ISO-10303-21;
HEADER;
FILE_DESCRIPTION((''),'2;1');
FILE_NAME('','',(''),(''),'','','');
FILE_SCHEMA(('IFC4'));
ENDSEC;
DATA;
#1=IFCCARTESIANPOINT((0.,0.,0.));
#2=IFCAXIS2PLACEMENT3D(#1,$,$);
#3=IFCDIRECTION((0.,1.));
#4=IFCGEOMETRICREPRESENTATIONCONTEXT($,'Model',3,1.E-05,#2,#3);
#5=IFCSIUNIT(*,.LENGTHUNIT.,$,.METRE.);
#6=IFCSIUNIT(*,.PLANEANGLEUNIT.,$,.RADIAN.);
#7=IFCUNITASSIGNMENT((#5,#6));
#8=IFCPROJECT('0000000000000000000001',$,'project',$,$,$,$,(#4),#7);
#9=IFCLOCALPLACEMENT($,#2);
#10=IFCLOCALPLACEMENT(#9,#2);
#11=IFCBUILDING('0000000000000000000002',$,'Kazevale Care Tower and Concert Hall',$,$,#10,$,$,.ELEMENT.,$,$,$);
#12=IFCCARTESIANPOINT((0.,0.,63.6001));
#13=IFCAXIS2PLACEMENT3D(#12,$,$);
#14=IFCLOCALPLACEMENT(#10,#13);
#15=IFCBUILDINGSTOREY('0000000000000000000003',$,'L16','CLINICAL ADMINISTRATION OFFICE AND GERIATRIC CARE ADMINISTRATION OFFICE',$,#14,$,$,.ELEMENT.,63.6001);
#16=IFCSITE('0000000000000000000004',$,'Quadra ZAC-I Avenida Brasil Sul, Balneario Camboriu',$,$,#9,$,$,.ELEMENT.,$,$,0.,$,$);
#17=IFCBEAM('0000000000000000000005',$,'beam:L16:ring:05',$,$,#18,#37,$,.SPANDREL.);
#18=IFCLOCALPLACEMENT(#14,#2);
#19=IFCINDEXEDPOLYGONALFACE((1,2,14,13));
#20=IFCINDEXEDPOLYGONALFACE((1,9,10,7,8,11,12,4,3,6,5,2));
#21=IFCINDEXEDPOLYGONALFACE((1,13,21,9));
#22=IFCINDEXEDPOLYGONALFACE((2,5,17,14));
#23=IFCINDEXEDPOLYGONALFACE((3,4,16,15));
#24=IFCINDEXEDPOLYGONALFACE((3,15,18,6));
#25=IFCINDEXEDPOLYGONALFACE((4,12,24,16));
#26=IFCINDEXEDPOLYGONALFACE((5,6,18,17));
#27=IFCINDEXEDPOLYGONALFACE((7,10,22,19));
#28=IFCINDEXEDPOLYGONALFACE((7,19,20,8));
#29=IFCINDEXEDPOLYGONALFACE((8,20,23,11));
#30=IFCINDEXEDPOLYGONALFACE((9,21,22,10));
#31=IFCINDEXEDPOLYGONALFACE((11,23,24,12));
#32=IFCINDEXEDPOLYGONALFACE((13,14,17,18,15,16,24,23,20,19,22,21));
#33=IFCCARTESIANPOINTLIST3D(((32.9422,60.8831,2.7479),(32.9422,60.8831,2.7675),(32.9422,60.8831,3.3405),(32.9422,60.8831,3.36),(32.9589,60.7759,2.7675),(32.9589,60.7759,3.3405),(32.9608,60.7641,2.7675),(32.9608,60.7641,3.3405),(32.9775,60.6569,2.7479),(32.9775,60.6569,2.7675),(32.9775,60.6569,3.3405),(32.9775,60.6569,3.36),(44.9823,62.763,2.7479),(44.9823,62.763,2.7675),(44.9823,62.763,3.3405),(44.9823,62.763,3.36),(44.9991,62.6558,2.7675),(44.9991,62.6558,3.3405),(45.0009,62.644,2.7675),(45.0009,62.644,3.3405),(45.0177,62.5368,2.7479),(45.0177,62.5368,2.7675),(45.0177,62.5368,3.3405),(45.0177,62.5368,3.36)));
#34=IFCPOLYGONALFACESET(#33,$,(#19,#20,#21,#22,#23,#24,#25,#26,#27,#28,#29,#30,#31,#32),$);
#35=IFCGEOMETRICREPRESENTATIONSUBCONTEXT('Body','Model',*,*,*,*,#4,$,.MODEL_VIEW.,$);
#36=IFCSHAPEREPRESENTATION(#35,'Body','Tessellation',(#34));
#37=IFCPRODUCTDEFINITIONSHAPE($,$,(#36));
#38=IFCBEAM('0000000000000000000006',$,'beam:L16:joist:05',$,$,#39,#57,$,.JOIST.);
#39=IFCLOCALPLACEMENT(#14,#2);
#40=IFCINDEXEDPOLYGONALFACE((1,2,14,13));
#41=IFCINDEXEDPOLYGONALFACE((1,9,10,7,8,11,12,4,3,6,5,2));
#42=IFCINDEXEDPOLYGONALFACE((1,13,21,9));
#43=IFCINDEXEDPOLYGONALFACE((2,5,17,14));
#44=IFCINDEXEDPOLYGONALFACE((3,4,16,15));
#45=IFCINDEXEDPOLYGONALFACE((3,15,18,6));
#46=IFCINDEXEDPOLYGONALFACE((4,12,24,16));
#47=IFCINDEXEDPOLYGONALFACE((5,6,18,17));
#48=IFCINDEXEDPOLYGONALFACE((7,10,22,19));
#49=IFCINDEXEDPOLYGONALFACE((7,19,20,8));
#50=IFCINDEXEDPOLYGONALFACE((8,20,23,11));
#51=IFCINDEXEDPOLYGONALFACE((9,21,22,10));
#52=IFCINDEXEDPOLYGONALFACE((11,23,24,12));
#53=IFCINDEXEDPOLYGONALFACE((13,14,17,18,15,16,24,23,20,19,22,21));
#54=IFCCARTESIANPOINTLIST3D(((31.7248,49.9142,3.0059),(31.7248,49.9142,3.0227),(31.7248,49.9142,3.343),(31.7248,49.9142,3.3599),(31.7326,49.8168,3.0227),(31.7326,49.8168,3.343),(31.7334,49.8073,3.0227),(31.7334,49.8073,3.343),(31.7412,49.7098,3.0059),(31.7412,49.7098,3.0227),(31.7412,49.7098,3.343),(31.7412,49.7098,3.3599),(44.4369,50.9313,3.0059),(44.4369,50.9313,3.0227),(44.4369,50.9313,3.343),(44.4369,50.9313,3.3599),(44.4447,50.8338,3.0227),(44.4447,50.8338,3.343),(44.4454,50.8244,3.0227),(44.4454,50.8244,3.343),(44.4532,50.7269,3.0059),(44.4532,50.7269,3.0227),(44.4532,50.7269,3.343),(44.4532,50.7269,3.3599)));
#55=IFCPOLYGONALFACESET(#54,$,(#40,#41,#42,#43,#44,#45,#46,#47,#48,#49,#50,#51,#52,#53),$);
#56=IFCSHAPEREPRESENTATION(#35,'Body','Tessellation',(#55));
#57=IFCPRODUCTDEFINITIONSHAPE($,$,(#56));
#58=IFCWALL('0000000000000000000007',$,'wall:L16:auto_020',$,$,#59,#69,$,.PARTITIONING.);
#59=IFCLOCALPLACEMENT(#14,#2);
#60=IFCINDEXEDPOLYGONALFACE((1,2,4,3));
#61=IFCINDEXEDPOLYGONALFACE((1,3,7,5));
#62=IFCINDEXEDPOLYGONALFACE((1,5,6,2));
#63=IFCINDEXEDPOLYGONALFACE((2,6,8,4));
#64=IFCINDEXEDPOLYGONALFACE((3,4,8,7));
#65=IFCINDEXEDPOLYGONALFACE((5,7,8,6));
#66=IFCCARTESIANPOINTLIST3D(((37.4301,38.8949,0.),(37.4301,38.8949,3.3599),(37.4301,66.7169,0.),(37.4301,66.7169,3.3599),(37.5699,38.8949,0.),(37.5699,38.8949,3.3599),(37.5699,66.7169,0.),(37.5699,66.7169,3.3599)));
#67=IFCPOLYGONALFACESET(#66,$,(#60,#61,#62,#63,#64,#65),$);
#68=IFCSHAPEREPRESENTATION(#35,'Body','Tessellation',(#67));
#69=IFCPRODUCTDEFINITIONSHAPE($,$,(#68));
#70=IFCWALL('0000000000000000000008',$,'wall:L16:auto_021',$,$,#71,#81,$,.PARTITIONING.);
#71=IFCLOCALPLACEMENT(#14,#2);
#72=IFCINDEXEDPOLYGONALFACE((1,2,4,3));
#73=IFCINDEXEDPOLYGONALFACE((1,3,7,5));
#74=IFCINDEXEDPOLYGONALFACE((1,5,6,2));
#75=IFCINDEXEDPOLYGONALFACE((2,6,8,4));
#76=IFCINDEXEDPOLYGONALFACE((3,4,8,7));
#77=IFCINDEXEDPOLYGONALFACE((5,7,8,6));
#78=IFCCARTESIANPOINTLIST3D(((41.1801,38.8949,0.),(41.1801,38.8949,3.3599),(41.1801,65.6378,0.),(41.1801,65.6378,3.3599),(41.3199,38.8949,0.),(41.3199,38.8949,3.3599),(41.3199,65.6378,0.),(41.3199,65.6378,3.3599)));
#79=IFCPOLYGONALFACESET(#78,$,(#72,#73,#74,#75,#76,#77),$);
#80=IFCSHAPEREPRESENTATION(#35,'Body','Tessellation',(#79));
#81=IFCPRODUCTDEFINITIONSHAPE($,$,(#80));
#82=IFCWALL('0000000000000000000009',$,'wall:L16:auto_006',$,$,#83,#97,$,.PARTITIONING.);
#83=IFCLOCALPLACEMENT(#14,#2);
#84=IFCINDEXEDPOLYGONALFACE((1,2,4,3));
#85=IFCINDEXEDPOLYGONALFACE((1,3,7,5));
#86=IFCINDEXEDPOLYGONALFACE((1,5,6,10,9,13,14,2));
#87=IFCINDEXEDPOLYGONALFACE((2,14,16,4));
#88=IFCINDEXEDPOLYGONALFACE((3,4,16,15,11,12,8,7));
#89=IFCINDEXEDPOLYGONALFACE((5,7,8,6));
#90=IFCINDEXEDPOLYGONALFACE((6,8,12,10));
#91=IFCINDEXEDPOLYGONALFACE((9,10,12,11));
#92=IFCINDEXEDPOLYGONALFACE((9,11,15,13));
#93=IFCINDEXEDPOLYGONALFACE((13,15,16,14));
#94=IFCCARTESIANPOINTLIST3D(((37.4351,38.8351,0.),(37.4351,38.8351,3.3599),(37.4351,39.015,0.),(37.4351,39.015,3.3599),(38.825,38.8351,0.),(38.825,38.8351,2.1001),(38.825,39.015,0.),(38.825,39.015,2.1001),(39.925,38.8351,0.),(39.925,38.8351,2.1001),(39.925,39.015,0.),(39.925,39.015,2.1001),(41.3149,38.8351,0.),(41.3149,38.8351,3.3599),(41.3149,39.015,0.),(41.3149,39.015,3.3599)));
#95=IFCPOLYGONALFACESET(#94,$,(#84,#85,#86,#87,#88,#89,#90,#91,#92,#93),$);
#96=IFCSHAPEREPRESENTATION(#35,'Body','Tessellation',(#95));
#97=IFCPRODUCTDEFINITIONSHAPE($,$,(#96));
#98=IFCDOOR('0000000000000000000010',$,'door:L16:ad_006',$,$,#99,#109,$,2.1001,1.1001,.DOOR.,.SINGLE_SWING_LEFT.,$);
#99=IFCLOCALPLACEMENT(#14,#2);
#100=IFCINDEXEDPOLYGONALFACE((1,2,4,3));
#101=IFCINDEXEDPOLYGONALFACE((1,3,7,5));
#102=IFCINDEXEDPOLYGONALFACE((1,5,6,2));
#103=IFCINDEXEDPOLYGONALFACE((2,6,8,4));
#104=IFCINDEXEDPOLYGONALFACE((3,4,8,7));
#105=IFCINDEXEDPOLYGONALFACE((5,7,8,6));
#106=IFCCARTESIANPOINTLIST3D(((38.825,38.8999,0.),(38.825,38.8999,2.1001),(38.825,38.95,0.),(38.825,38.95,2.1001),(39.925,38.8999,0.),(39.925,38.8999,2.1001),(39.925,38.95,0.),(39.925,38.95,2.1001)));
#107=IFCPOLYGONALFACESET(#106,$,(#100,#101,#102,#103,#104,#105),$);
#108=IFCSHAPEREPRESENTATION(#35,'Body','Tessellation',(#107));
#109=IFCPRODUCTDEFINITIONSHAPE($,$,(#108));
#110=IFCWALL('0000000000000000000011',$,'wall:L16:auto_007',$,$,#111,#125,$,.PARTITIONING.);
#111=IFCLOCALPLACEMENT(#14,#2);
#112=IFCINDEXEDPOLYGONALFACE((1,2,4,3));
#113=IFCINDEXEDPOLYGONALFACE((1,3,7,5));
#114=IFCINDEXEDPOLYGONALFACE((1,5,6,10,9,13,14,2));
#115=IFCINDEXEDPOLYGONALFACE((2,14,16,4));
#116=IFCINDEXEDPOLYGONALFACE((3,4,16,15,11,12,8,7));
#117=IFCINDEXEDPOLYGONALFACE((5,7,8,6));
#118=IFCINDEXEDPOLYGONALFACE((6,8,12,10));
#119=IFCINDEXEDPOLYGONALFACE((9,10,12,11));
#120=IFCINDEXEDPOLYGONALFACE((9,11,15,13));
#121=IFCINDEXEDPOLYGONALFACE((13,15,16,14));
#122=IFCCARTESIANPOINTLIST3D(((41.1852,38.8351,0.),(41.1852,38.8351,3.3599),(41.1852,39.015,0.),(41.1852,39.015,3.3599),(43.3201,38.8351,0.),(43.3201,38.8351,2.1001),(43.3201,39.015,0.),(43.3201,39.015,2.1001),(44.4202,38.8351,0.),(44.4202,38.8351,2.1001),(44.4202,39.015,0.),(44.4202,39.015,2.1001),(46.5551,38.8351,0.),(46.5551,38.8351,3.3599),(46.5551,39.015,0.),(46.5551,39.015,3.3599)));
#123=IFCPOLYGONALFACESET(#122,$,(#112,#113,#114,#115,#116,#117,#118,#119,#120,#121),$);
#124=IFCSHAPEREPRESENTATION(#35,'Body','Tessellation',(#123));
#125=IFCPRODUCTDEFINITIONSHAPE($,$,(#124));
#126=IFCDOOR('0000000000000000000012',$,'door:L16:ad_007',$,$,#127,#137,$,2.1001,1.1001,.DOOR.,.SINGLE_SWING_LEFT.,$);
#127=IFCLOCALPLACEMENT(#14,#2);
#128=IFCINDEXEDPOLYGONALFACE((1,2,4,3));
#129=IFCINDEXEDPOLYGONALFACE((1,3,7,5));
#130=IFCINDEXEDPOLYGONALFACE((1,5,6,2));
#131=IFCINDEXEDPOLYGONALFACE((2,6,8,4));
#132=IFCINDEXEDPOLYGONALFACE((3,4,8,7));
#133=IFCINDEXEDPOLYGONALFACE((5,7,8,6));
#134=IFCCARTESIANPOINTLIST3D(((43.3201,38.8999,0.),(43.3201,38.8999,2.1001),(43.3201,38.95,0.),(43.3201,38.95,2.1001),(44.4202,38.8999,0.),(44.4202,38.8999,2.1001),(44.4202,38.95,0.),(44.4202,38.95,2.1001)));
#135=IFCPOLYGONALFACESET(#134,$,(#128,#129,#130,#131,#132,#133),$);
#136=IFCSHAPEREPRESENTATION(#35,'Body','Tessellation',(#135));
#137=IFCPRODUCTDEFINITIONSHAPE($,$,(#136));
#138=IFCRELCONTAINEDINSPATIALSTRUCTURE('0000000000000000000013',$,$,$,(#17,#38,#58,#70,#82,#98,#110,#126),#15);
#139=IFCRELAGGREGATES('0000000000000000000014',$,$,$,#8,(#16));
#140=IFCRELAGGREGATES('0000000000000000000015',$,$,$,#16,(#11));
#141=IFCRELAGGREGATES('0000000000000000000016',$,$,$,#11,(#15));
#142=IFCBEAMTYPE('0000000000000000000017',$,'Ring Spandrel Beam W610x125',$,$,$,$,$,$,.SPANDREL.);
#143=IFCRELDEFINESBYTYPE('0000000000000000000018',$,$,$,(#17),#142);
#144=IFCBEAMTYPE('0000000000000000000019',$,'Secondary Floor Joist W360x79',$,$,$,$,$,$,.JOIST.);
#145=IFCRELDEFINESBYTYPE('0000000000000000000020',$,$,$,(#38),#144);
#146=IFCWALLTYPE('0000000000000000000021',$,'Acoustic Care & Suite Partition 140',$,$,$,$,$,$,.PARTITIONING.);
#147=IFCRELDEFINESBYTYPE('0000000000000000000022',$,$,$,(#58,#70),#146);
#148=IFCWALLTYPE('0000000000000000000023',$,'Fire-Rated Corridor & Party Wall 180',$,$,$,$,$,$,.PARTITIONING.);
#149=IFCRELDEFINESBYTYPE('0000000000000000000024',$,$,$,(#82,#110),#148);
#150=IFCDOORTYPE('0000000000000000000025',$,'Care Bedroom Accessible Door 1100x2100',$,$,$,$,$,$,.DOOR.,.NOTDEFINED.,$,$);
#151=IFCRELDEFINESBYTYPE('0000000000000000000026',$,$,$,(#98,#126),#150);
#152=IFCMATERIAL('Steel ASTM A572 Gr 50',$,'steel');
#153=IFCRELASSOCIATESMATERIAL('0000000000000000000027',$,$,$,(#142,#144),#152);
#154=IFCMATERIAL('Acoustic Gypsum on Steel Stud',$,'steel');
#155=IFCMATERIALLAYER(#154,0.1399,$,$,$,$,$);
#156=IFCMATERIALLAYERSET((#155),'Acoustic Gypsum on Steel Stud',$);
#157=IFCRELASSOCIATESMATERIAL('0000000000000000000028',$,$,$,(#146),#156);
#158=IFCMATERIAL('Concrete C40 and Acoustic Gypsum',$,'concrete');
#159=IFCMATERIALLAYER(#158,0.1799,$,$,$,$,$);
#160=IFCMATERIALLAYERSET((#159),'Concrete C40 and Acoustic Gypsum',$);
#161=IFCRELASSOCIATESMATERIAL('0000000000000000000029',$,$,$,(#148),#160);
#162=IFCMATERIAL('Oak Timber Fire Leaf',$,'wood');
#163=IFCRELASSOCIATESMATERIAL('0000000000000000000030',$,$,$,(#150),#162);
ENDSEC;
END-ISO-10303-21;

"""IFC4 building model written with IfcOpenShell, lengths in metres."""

from ifc_helpers import new_model, si_unit, direction, frame, frame_2d, origin, origin_2d, place, context, subcontext, project, spatial, rectangle, i_section, extrude, material, layer, layer_set, material_profile, profile_set, type_object, element, fill, save


model = new_model("IFC4")

# Units and contexts
model_context = context("Model", 3, precision=1e-05, world=origin(), true_north=direction((0.0, 1.0)))
body_context = subcontext(model_context, "Body", "Model", "MODEL_VIEW")
ifc_project = project(units=[si_unit("LENGTHUNIT", "METRE"), si_unit("PLANEANGLEUNIT", "RADIAN")], contexts=[model_context])

# Site, building, storey
site_placement = place(None, origin())
site = spatial("IfcSite", under=ifc_project, at=site_placement, Name="Quadra ZAC-I Avenida Brasil Sul, Balneario Camboriu", CompositionType="ELEMENT", RefElevation=0.0)
building_placement = place(site_placement, origin())
building = spatial("IfcBuilding", under=site, at=building_placement, Name="Kazevale Care Tower and Concert Hall", CompositionType="ELEMENT")
storey_placement = place(building_placement, frame((0.0, 0.0, 63.6001)))
storey = spatial("IfcBuildingStorey", under=building, at=storey_placement, Name="L16", Description="CLINICAL ADMINISTRATION OFFICE AND GERIATRIC CARE ADMINISTRATION OFFICE", CompositionType="ELEMENT", Elevation=63.6001)

# Beams
ifc_material_1 = material(Name="Steel ASTM A572 Gr 50", Category="steel")
ifc_material_profile_1 = material_profile(ifc_material_1, i_section(OverallWidth=0.229, OverallDepth=0.6121, WebThickness=0.012, FlangeThickness=0.0195, at=origin_2d()), Name="W610x125")
ifc_profile_set_1 = profile_set([ifc_material_profile_1], Name="Steel ASTM A572 Gr 50")
beam_type_1 = type_object("IfcBeamType", Name="Ring Spandrel Beam W610x125", PredefinedType="SPANDREL", material=ifc_profile_set_1)
beam_1_placement = place(storey_placement, frame((45.0, 62.6499, 3.054), z_axis=(-0.988029, -0.154267, 0.0), x_axis=(0.154267, -0.988029, 0.0)))
element("IfcBeam", 1, at=beam_1_placement, inside=storey, type_object=beam_type_1, Name="beam:L16:ring:05", PredefinedType="SPANDREL", context=body_context, shape_type="SweptSolid", body=[
    extrude(i_section(OverallWidth=0.229, OverallDepth=0.6121, WebThickness=0.012, FlangeThickness=0.0195, at=origin_2d()), origin(), (0.0, 0.0, 1.0), 12.186),
])
ifc_material_profile_2 = material_profile(ifc_material_1, i_section(OverallWidth=0.2051, OverallDepth=0.354, WebThickness=0.0095, FlangeThickness=0.0168, at=origin_2d()), Name="W360x79")
ifc_profile_set_2 = profile_set([ifc_material_profile_2], Name="Steel ASTM A572 Gr 50")
beam_type_2 = type_object("IfcBeamType", Name="Secondary Floor Joist W360x79", PredefinedType="JOIST", material=ifc_profile_set_2)
beam_2_placement = place(storey_placement, frame((44.4451, 50.8291, 3.1829), z_axis=(-0.996815, -0.079754, 0.0), x_axis=(0.079754, -0.996815, 0.0)))
element("IfcBeam", 2, at=beam_2_placement, inside=storey, type_object=beam_type_2, Name="beam:L16:joist:05", PredefinedType="JOIST", context=body_context, shape_type="SweptSolid", body=[
    extrude(i_section(OverallWidth=0.2051, OverallDepth=0.354, WebThickness=0.0095, FlangeThickness=0.0168, at=origin_2d()), origin(), (0.0, 0.0, 1.0), 12.7527),
])

# Walls
ifc_material_2 = material(Name="Acoustic Gypsum on Steel Stud", Category="steel")
ifc_layer_1 = layer(ifc_material_2, 0.1399)
ifc_layer_set_1 = layer_set([ifc_layer_1], Name="Acoustic Gypsum on Steel Stud")
wall_type_1 = type_object("IfcWallType", Name="Acoustic Care & Suite Partition 140", PredefinedType="PARTITIONING", material=ifc_layer_set_1)
wall_1_placement = place(storey_placement, frame((37.5, 66.717, 0.0), z_axis=(0.0, 0.0, 1.0), x_axis=(0.0, -1.0, 0.0)))
element("IfcWall", 3, at=wall_1_placement, inside=storey, type_object=wall_type_1, Name="wall:L16:auto_020", PredefinedType="PARTITIONING", context=body_context, shape_type="SweptSolid", body=[
    extrude(rectangle(XDim=27.822, YDim=0.1399, at=frame_2d((13.9111, 0.0))), origin(), (0.0, 0.0, 1.0), 3.3599),
])
wall_2_placement = place(storey_placement, frame((41.25, 65.6379, 0.0), z_axis=(0.0, 0.0, 1.0), x_axis=(0.0, -1.0, 0.0)))
element("IfcWall", 4, at=wall_2_placement, inside=storey, type_object=wall_type_1, Name="wall:L16:auto_021", PredefinedType="PARTITIONING", context=body_context, shape_type="SweptSolid", body=[
    extrude(rectangle(XDim=26.7429, YDim=0.1399, at=frame_2d((13.3716, 0.0))), origin(), (0.0, 0.0, 1.0), 3.3599),
])

# Walls, openings, doors
ifc_material_3 = material(Name="Concrete C40 and Acoustic Gypsum", Category="concrete")
ifc_layer_2 = layer(ifc_material_3, 0.1799)
ifc_layer_set_2 = layer_set([ifc_layer_2], Name="Concrete C40 and Acoustic Gypsum")
wall_type_2 = type_object("IfcWallType", Name="Fire-Rated Corridor & Party Wall 180", PredefinedType="PARTITIONING", material=ifc_layer_set_2)
wall_3_placement = place(storey_placement, frame((37.4351, 38.925, 0.0), z_axis=(0.0, 0.0, 1.0), x_axis=(1.0, 0.0, 0.0)))
wall_3 = element("IfcWall", 5, at=wall_3_placement, inside=storey, type_object=wall_type_2, Name="wall:L16:auto_006", PredefinedType="PARTITIONING", context=body_context, shape_type="SweptSolid", body=[
    extrude(rectangle(XDim=3.8799, YDim=0.1799, at=frame_2d((1.9399, 0.0))), origin(), (0.0, 0.0, 1.0), 3.3599),
])
opening_1_placement = place(wall_3_placement, frame((1.3899, 0.0, 0.0)))
opening_1 = element("IfcOpeningElement", 6, at=opening_1_placement, cuts=wall_3, PredefinedType="OPENING", context=body_context, shape_type="SweptSolid", body=[
    extrude(rectangle(XDim=1.1001, YDim=2.1001, at=frame_2d((0.55, 1.05))), frame((0.0, 0.0999, 0.0), z_axis=(0.0, -1.0, 0.0), x_axis=(1.0, 0.0, 0.0)), (0.0, 0.0, 1.0), 0.2),
])
ifc_material_4 = material(Name="Oak Timber Fire Leaf", Category="wood")
door_type = type_object("IfcDoorType", Name="Care Bedroom Accessible Door 1100x2100", OperationType="NOTDEFINED", PredefinedType="DOOR", material=ifc_material_4)
door_1_placement = place(opening_1_placement, origin())
door_1 = element("IfcDoor", 7, at=door_1_placement, inside=storey, type_object=door_type, Name="door:L16:ad_006", OperationType="SINGLE_SWING_LEFT", OverallHeight=2.1001, OverallWidth=1.1001, PredefinedType="DOOR", context=body_context, shape_type="SweptSolid", body=[
    extrude(rectangle(XDim=1.1001, YDim=2.1001, at=frame_2d((0.55, 1.05))), frame((0.0, 0.0249, 0.0), z_axis=(0.0, -1.0, 0.0), x_axis=(1.0, 0.0, 0.0)), (0.0, 0.0, 1.0), 0.05),
])
fill(opening_1, door_1)
wall_4_placement = place(storey_placement, frame((41.1851, 38.925, 0.0), z_axis=(0.0, 0.0, 1.0), x_axis=(1.0, 0.0, 0.0)))
wall_4 = element("IfcWall", 8, at=wall_4_placement, inside=storey, type_object=wall_type_2, Name="wall:L16:auto_007", PredefinedType="PARTITIONING", context=body_context, shape_type="SweptSolid", body=[
    extrude(rectangle(XDim=5.3699, YDim=0.1799, at=frame_2d((2.6851, 0.0))), origin(), (0.0, 0.0, 1.0), 3.3599),
])
opening_2_placement = place(wall_4_placement, frame((2.135, 0.0, 0.0)))
opening_2 = element("IfcOpeningElement", 9, at=opening_2_placement, cuts=wall_4, PredefinedType="OPENING", context=body_context, shape_type="SweptSolid", body=[
    extrude(rectangle(XDim=1.1001, YDim=2.1001, at=frame_2d((0.55, 1.05))), frame((0.0, 0.0999, 0.0), z_axis=(0.0, -1.0, 0.0), x_axis=(1.0, 0.0, 0.0)), (0.0, 0.0, 1.0), 0.2),
])
door_2_placement = place(opening_2_placement, origin())
door_2 = element("IfcDoor", 10, at=door_2_placement, inside=storey, type_object=door_type, Name="door:L16:ad_007", OperationType="SINGLE_SWING_LEFT", OverallHeight=2.1001, OverallWidth=1.1001, PredefinedType="DOOR", context=body_context, shape_type="SweptSolid", body=[
    extrude(rectangle(XDim=1.1001, YDim=2.1001, at=frame_2d((0.55, 1.05))), frame((0.0, 0.0249, 0.0), z_axis=(0.0, -1.0, 0.0), x_axis=(1.0, 0.0, 0.0)), (0.0, 0.0, 1.0), 0.05),
])
fill(opening_2, door_2)

save(model, "model.ifc")
